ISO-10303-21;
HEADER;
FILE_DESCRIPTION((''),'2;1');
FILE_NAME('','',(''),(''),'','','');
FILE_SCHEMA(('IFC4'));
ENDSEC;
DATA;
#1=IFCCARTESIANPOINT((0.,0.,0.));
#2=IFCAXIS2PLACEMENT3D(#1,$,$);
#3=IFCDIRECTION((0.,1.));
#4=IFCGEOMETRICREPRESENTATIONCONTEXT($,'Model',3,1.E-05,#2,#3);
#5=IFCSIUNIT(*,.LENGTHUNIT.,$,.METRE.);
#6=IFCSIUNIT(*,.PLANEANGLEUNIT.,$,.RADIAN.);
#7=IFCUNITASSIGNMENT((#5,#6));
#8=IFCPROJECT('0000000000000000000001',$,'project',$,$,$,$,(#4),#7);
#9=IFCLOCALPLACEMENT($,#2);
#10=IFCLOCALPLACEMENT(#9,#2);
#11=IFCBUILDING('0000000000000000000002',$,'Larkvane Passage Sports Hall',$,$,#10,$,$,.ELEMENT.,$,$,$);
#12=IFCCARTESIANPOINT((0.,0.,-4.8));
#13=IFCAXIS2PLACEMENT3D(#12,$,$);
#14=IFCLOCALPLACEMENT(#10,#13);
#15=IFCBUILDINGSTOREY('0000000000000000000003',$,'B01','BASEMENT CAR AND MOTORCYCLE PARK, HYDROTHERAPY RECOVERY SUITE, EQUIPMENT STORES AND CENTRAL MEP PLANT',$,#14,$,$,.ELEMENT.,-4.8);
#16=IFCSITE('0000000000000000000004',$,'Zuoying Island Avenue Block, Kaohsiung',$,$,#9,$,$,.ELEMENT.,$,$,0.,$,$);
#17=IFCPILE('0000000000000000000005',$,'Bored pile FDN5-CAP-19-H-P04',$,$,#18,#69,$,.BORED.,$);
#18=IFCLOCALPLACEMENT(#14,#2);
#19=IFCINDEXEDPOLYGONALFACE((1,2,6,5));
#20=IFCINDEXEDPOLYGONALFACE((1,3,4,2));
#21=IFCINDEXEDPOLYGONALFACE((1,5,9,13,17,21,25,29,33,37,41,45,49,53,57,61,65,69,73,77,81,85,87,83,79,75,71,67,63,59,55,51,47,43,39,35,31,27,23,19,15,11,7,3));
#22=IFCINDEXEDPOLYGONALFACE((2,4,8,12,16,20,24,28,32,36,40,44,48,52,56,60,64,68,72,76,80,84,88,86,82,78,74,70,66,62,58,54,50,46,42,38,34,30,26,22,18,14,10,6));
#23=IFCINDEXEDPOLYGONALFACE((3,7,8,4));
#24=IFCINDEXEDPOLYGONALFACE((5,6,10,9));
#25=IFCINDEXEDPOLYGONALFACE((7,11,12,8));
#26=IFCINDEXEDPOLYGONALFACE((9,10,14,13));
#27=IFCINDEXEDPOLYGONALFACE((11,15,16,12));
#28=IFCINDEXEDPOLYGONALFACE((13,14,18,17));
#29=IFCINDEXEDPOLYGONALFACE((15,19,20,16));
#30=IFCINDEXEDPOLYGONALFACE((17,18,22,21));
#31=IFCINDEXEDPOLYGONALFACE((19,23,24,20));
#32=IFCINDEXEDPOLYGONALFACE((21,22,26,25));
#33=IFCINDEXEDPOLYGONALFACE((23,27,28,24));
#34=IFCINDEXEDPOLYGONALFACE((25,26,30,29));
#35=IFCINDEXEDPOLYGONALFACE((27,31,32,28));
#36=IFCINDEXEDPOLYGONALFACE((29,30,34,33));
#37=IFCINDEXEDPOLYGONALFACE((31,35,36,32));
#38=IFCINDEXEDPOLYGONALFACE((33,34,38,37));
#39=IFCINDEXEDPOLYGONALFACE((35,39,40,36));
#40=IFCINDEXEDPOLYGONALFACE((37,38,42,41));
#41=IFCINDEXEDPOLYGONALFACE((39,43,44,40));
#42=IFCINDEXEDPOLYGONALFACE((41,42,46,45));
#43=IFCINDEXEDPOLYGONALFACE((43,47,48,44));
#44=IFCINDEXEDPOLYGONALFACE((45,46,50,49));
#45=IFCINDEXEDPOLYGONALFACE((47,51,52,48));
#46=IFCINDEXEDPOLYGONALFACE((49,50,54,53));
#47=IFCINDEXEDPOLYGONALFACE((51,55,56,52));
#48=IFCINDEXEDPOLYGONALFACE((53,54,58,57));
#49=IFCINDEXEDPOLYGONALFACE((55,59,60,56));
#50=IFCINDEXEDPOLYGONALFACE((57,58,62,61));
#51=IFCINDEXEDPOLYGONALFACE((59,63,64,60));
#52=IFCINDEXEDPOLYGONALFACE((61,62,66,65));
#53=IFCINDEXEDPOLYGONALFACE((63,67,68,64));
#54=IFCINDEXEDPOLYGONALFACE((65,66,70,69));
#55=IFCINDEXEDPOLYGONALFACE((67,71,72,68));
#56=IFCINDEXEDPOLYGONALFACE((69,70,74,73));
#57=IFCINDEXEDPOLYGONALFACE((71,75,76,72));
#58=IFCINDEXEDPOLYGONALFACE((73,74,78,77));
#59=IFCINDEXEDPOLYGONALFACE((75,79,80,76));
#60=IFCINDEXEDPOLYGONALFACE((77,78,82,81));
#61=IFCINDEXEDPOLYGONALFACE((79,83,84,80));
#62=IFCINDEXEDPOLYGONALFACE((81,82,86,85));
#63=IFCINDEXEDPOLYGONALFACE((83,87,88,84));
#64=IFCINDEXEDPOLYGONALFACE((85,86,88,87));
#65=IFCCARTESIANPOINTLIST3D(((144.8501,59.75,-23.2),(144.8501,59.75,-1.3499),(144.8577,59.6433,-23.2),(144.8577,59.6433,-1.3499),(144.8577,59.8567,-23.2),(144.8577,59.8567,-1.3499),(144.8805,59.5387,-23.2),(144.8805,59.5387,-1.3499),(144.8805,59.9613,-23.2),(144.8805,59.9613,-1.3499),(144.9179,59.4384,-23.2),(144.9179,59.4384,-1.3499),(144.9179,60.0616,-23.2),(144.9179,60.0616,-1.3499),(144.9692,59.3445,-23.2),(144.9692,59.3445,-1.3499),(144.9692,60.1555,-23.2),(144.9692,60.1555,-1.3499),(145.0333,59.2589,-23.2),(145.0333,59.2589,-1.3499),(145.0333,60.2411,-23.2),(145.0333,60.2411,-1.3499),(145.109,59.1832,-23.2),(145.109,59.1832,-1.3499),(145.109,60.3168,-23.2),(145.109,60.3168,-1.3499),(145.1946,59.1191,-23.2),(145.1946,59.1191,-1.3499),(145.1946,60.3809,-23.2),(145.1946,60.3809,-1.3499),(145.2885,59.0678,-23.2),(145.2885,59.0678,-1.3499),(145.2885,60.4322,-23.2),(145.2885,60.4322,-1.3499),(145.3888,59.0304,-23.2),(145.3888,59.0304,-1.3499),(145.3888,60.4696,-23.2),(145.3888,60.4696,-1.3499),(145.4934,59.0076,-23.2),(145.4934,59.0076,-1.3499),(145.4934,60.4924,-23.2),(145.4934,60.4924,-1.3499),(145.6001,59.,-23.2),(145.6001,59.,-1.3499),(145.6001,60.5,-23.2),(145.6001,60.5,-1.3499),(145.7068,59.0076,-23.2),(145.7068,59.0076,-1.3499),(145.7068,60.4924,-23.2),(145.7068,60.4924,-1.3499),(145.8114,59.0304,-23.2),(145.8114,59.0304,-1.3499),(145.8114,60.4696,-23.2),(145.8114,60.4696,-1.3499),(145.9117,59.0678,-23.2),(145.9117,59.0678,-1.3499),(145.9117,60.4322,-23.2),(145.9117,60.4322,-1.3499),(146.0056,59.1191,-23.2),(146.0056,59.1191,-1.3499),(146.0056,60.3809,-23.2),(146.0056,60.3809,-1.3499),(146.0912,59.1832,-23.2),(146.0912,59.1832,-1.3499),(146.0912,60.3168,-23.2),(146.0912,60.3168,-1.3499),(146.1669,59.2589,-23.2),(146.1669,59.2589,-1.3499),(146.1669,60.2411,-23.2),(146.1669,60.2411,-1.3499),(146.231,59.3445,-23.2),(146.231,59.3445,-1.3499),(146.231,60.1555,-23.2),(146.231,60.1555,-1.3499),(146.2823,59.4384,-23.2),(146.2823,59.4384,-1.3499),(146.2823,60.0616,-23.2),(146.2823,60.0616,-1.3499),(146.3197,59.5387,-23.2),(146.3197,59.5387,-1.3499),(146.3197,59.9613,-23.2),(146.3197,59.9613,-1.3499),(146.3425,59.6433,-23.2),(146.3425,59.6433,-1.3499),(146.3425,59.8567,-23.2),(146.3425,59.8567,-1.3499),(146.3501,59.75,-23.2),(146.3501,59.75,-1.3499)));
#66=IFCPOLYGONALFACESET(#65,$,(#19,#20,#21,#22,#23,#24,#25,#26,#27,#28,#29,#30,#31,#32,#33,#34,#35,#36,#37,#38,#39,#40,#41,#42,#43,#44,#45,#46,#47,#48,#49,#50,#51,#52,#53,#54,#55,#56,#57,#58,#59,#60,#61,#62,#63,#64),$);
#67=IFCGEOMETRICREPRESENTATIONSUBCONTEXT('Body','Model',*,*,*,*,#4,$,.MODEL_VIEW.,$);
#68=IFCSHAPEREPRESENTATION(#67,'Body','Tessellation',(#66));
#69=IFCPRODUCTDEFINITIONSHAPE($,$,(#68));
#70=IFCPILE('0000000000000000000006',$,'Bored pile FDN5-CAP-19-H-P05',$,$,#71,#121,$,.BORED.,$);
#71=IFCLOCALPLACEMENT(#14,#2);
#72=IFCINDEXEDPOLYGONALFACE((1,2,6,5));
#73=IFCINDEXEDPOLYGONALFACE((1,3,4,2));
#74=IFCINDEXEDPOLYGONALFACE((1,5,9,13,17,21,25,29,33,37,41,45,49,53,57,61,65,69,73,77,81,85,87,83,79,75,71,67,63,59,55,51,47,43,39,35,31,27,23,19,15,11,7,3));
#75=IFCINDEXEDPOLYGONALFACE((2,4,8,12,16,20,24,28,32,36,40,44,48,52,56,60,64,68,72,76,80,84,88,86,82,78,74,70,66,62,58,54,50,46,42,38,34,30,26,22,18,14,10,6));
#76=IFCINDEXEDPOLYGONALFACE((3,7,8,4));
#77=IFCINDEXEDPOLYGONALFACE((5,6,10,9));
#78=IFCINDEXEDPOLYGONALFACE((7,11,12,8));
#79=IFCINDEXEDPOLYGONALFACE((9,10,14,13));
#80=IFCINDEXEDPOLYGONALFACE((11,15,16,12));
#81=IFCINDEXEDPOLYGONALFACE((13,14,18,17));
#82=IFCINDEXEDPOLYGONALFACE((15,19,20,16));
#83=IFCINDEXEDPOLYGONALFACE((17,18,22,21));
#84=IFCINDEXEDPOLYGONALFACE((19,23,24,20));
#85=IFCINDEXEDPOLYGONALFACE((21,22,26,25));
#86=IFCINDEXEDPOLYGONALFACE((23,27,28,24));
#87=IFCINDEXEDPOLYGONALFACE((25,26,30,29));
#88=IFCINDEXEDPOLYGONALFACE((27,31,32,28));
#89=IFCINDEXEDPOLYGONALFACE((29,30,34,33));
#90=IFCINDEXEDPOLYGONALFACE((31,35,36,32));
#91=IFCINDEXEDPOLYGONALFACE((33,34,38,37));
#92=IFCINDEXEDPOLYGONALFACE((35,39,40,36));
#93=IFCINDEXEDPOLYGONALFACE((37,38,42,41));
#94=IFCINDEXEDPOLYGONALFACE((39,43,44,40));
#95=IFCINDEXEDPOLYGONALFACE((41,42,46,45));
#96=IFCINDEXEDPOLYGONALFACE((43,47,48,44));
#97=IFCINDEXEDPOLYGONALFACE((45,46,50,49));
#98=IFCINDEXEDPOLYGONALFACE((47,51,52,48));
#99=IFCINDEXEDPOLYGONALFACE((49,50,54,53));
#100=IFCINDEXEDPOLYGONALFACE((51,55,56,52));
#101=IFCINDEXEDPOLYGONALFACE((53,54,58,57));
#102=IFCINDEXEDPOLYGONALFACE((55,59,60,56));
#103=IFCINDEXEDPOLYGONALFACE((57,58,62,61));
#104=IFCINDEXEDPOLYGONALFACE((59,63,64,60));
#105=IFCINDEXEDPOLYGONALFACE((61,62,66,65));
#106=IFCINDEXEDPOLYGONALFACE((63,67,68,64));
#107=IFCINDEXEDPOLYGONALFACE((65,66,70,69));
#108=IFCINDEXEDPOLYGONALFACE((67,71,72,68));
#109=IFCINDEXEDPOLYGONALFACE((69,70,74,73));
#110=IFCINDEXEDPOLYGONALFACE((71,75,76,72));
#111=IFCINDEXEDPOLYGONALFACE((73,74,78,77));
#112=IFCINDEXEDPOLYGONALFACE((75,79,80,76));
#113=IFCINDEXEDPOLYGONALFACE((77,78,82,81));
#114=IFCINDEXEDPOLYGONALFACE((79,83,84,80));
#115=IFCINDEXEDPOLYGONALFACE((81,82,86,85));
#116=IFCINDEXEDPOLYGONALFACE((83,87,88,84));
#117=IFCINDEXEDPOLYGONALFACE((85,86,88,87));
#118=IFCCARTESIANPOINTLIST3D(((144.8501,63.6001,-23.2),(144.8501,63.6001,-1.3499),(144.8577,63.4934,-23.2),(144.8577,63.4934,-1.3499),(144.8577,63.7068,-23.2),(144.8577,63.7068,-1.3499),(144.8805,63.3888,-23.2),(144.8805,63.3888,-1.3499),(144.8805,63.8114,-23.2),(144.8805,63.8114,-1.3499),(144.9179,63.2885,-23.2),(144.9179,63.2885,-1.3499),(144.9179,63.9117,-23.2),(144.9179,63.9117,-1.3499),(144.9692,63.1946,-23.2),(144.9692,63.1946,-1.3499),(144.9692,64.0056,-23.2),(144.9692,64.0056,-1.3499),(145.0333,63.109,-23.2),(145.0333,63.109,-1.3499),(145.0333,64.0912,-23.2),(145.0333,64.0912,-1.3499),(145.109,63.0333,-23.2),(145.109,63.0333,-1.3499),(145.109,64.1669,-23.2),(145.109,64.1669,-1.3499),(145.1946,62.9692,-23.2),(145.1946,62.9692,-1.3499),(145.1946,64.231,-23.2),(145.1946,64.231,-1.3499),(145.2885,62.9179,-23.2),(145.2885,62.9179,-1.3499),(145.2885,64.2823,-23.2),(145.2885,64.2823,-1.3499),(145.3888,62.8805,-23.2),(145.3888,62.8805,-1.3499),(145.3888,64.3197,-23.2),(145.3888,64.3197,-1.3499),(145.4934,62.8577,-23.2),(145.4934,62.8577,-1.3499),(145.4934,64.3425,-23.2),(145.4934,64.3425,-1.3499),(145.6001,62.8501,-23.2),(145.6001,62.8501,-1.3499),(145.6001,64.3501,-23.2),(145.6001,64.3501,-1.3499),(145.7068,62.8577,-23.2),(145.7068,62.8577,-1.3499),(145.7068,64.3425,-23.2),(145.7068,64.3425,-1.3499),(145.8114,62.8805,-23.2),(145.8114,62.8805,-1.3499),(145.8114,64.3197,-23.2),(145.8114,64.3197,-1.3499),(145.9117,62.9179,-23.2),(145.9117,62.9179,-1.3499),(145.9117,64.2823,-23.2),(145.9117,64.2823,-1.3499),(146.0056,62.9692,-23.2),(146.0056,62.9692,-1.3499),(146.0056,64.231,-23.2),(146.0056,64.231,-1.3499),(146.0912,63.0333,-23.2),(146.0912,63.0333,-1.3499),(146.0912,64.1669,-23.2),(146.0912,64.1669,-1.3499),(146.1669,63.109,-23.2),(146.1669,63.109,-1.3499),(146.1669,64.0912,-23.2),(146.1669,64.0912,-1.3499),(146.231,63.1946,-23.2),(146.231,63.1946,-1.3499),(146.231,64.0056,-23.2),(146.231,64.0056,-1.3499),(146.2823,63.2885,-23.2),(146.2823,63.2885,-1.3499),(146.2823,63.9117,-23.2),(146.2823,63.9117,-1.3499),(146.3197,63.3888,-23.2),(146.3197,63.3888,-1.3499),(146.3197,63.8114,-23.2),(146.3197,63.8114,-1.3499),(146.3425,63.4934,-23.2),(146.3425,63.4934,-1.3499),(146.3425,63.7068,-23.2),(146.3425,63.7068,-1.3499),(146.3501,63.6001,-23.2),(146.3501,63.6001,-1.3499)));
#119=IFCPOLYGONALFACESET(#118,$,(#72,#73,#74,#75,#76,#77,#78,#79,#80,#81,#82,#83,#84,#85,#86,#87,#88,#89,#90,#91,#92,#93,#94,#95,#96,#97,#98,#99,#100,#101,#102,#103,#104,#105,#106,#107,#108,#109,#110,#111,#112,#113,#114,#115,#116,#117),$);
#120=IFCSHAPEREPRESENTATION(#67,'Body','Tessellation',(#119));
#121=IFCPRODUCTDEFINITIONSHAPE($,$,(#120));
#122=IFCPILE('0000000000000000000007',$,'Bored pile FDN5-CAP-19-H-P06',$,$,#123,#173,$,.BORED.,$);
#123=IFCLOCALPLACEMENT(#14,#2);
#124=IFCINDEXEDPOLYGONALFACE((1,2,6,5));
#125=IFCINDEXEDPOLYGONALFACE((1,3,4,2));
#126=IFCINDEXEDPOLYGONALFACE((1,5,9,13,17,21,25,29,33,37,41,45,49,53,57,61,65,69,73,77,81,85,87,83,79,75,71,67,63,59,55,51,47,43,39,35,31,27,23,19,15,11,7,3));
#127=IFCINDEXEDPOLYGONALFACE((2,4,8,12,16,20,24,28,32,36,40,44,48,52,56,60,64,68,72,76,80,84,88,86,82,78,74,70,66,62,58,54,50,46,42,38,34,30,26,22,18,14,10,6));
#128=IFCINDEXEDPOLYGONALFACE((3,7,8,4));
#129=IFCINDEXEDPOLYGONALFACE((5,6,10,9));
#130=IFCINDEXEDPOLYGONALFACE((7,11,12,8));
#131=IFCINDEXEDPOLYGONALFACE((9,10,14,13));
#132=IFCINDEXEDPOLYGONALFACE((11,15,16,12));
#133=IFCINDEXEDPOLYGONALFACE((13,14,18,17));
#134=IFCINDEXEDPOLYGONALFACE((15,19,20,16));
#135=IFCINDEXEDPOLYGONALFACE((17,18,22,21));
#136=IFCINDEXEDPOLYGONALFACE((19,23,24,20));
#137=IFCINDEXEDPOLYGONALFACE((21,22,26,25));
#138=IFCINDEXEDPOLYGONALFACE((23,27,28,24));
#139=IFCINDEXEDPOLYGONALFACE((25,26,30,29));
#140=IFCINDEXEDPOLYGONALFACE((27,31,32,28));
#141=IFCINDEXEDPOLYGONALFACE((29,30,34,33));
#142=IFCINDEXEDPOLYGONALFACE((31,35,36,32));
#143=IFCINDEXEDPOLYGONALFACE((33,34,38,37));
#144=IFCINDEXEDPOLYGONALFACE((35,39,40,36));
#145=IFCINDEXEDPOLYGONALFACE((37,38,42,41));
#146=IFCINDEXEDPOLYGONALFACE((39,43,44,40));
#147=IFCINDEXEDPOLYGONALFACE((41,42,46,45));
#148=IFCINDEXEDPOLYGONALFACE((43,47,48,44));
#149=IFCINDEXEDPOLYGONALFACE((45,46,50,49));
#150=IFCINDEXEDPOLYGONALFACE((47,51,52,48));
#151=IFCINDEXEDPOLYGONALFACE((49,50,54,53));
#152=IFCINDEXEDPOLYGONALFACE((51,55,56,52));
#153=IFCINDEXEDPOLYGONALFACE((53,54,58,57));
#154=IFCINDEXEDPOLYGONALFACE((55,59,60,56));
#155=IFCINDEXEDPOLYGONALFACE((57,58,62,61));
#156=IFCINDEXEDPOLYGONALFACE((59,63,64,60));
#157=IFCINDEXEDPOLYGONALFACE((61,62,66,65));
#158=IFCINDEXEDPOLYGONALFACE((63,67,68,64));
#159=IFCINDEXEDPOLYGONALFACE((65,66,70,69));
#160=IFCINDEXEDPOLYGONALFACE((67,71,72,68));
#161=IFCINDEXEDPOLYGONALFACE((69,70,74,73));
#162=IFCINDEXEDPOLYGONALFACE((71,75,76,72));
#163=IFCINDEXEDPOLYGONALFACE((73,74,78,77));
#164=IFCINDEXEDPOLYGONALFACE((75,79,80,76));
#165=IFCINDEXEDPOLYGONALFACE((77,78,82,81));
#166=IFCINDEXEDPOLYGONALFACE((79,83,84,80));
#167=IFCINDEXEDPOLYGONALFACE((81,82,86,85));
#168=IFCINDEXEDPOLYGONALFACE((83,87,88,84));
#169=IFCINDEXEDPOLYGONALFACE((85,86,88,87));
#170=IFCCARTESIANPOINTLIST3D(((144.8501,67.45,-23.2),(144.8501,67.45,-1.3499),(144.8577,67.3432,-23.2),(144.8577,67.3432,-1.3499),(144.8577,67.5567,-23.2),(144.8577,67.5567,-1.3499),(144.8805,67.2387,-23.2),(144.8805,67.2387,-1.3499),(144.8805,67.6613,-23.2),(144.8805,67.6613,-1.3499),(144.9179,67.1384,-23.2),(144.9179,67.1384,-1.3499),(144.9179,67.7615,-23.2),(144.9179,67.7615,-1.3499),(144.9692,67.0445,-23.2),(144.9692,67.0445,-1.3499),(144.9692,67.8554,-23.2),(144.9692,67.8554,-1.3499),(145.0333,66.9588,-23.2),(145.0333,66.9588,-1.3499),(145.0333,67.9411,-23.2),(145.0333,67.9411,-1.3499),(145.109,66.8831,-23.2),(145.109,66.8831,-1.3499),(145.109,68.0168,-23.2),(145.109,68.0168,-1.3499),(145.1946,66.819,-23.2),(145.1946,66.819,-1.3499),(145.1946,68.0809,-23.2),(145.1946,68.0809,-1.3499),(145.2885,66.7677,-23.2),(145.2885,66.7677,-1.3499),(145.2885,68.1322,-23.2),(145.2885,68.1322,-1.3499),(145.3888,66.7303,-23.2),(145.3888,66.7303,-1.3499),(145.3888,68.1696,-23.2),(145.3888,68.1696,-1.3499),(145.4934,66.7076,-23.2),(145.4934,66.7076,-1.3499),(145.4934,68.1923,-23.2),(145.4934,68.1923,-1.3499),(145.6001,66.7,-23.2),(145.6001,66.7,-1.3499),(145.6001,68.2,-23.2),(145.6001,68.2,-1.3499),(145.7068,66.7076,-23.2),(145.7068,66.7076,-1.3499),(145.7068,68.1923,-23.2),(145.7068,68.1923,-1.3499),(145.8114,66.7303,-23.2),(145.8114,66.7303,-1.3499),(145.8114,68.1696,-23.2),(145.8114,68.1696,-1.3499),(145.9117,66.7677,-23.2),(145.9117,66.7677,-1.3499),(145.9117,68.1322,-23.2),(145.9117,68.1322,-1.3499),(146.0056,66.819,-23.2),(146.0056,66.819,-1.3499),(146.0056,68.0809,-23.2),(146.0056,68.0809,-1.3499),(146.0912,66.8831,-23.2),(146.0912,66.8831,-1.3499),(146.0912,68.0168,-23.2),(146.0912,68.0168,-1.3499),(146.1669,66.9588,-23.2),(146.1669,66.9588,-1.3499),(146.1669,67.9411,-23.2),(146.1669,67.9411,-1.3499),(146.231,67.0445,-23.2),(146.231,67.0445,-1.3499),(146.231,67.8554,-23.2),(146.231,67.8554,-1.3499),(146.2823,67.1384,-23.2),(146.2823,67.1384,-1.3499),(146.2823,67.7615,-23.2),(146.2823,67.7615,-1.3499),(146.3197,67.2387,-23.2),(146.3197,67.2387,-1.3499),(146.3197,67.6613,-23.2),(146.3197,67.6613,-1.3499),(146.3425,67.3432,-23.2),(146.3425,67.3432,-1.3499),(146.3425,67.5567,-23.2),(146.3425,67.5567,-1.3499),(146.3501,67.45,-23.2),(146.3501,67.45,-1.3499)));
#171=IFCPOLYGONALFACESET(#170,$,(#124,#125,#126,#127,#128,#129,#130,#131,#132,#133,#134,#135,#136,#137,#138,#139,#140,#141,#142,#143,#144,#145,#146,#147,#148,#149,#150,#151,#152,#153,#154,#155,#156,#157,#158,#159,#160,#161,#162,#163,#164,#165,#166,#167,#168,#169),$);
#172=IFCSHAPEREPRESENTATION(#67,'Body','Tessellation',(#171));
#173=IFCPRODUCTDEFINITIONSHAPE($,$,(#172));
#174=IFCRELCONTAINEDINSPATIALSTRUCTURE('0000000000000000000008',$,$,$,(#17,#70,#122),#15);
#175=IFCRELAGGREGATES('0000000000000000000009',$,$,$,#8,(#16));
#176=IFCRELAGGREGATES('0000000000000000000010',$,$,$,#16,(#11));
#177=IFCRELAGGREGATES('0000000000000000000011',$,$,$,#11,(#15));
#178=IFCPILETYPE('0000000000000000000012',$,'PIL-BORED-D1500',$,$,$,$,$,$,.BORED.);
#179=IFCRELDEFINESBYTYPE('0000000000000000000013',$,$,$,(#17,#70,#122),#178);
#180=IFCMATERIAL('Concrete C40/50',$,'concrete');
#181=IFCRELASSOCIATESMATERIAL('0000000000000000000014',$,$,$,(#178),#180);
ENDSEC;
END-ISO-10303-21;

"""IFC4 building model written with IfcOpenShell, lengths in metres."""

from ifc_helpers import new_model, si_unit, direction, frame, origin, origin_2d, place, context, subcontext, project, spatial, circle, extrude, material, material_profile, profile_set, type_object, element, save


model = new_model("IFC4")

# Units and contexts
model_context = context("Model", 3, precision=1e-05, world=origin(), true_north=direction((0.0, 1.0)))
body_context = subcontext(model_context, "Body", "Model", "MODEL_VIEW")
ifc_project = project(units=[si_unit("LENGTHUNIT", "METRE"), si_unit("PLANEANGLEUNIT", "RADIAN")], contexts=[model_context])

# Site, building, storey
site_placement = place(None, origin())
site = spatial("IfcSite", under=ifc_project, at=site_placement, Name="Zuoying Island Avenue Block, Kaohsiung", CompositionType="ELEMENT", RefElevation=0.0)
building_placement = place(site_placement, origin())
building = spatial("IfcBuilding", under=site, at=building_placement, Name="Larkvane Passage Sports Hall", CompositionType="ELEMENT")
storey_placement = place(building_placement, frame((0.0, 0.0, -4.8)))
storey = spatial("IfcBuildingStorey", under=building, at=storey_placement, Name="B01", Description="BASEMENT CAR AND MOTORCYCLE PARK, HYDROTHERAPY RECOVERY SUITE, EQUIPMENT STORES AND CENTRAL MEP PLANT", CompositionType="ELEMENT", Elevation=-4.8)

# Shared definitions
ifc_material_1 = material(Name="Concrete C40/50", Category="concrete")

# Piles
ifc_material_profile_1 = material_profile(ifc_material_1, circle(Radius=0.75, at=origin_2d()), Name="PILE-D1500")
ifc_profile_set_1 = profile_set([ifc_material_profile_1], Name="Concrete C40/50")
pile_type_1 = type_object("IfcPileType", Name="PIL-BORED-D1500", PredefinedType="BORED", material=ifc_profile_set_1)
for number, where, z_axis, x_axis, name in (
    (1, (145.6001, 59.75, -1.3499), (0.0, 0.0, -1.0), (1.0, 0.0, 0.0), "Bored pile FDN5-CAP-19-H-P04"),
    (2, (145.6001, 63.6001, -1.3499), (0.0, 0.0, -1.0), (1.0, 0.0, 0.0), "Bored pile FDN5-CAP-19-H-P05"),
    (3, (145.6001, 67.45, -1.3499), (0.0, 0.0, -1.0), (1.0, 0.0, 0.0), "Bored pile FDN5-CAP-19-H-P06"),
):
    element("IfcPile", number, at=place(storey_placement, frame(where, z_axis=z_axis, x_axis=x_axis)), inside=storey, type_object=pile_type_1, Name=name, PredefinedType="BORED", context=body_context, shape_type="SweptSolid", body=[
        extrude(circle(Radius=0.75, at=origin_2d()), origin(), (0.0, 0.0, 1.0), 21.8501),
    ])

save(model, "model.ifc")
